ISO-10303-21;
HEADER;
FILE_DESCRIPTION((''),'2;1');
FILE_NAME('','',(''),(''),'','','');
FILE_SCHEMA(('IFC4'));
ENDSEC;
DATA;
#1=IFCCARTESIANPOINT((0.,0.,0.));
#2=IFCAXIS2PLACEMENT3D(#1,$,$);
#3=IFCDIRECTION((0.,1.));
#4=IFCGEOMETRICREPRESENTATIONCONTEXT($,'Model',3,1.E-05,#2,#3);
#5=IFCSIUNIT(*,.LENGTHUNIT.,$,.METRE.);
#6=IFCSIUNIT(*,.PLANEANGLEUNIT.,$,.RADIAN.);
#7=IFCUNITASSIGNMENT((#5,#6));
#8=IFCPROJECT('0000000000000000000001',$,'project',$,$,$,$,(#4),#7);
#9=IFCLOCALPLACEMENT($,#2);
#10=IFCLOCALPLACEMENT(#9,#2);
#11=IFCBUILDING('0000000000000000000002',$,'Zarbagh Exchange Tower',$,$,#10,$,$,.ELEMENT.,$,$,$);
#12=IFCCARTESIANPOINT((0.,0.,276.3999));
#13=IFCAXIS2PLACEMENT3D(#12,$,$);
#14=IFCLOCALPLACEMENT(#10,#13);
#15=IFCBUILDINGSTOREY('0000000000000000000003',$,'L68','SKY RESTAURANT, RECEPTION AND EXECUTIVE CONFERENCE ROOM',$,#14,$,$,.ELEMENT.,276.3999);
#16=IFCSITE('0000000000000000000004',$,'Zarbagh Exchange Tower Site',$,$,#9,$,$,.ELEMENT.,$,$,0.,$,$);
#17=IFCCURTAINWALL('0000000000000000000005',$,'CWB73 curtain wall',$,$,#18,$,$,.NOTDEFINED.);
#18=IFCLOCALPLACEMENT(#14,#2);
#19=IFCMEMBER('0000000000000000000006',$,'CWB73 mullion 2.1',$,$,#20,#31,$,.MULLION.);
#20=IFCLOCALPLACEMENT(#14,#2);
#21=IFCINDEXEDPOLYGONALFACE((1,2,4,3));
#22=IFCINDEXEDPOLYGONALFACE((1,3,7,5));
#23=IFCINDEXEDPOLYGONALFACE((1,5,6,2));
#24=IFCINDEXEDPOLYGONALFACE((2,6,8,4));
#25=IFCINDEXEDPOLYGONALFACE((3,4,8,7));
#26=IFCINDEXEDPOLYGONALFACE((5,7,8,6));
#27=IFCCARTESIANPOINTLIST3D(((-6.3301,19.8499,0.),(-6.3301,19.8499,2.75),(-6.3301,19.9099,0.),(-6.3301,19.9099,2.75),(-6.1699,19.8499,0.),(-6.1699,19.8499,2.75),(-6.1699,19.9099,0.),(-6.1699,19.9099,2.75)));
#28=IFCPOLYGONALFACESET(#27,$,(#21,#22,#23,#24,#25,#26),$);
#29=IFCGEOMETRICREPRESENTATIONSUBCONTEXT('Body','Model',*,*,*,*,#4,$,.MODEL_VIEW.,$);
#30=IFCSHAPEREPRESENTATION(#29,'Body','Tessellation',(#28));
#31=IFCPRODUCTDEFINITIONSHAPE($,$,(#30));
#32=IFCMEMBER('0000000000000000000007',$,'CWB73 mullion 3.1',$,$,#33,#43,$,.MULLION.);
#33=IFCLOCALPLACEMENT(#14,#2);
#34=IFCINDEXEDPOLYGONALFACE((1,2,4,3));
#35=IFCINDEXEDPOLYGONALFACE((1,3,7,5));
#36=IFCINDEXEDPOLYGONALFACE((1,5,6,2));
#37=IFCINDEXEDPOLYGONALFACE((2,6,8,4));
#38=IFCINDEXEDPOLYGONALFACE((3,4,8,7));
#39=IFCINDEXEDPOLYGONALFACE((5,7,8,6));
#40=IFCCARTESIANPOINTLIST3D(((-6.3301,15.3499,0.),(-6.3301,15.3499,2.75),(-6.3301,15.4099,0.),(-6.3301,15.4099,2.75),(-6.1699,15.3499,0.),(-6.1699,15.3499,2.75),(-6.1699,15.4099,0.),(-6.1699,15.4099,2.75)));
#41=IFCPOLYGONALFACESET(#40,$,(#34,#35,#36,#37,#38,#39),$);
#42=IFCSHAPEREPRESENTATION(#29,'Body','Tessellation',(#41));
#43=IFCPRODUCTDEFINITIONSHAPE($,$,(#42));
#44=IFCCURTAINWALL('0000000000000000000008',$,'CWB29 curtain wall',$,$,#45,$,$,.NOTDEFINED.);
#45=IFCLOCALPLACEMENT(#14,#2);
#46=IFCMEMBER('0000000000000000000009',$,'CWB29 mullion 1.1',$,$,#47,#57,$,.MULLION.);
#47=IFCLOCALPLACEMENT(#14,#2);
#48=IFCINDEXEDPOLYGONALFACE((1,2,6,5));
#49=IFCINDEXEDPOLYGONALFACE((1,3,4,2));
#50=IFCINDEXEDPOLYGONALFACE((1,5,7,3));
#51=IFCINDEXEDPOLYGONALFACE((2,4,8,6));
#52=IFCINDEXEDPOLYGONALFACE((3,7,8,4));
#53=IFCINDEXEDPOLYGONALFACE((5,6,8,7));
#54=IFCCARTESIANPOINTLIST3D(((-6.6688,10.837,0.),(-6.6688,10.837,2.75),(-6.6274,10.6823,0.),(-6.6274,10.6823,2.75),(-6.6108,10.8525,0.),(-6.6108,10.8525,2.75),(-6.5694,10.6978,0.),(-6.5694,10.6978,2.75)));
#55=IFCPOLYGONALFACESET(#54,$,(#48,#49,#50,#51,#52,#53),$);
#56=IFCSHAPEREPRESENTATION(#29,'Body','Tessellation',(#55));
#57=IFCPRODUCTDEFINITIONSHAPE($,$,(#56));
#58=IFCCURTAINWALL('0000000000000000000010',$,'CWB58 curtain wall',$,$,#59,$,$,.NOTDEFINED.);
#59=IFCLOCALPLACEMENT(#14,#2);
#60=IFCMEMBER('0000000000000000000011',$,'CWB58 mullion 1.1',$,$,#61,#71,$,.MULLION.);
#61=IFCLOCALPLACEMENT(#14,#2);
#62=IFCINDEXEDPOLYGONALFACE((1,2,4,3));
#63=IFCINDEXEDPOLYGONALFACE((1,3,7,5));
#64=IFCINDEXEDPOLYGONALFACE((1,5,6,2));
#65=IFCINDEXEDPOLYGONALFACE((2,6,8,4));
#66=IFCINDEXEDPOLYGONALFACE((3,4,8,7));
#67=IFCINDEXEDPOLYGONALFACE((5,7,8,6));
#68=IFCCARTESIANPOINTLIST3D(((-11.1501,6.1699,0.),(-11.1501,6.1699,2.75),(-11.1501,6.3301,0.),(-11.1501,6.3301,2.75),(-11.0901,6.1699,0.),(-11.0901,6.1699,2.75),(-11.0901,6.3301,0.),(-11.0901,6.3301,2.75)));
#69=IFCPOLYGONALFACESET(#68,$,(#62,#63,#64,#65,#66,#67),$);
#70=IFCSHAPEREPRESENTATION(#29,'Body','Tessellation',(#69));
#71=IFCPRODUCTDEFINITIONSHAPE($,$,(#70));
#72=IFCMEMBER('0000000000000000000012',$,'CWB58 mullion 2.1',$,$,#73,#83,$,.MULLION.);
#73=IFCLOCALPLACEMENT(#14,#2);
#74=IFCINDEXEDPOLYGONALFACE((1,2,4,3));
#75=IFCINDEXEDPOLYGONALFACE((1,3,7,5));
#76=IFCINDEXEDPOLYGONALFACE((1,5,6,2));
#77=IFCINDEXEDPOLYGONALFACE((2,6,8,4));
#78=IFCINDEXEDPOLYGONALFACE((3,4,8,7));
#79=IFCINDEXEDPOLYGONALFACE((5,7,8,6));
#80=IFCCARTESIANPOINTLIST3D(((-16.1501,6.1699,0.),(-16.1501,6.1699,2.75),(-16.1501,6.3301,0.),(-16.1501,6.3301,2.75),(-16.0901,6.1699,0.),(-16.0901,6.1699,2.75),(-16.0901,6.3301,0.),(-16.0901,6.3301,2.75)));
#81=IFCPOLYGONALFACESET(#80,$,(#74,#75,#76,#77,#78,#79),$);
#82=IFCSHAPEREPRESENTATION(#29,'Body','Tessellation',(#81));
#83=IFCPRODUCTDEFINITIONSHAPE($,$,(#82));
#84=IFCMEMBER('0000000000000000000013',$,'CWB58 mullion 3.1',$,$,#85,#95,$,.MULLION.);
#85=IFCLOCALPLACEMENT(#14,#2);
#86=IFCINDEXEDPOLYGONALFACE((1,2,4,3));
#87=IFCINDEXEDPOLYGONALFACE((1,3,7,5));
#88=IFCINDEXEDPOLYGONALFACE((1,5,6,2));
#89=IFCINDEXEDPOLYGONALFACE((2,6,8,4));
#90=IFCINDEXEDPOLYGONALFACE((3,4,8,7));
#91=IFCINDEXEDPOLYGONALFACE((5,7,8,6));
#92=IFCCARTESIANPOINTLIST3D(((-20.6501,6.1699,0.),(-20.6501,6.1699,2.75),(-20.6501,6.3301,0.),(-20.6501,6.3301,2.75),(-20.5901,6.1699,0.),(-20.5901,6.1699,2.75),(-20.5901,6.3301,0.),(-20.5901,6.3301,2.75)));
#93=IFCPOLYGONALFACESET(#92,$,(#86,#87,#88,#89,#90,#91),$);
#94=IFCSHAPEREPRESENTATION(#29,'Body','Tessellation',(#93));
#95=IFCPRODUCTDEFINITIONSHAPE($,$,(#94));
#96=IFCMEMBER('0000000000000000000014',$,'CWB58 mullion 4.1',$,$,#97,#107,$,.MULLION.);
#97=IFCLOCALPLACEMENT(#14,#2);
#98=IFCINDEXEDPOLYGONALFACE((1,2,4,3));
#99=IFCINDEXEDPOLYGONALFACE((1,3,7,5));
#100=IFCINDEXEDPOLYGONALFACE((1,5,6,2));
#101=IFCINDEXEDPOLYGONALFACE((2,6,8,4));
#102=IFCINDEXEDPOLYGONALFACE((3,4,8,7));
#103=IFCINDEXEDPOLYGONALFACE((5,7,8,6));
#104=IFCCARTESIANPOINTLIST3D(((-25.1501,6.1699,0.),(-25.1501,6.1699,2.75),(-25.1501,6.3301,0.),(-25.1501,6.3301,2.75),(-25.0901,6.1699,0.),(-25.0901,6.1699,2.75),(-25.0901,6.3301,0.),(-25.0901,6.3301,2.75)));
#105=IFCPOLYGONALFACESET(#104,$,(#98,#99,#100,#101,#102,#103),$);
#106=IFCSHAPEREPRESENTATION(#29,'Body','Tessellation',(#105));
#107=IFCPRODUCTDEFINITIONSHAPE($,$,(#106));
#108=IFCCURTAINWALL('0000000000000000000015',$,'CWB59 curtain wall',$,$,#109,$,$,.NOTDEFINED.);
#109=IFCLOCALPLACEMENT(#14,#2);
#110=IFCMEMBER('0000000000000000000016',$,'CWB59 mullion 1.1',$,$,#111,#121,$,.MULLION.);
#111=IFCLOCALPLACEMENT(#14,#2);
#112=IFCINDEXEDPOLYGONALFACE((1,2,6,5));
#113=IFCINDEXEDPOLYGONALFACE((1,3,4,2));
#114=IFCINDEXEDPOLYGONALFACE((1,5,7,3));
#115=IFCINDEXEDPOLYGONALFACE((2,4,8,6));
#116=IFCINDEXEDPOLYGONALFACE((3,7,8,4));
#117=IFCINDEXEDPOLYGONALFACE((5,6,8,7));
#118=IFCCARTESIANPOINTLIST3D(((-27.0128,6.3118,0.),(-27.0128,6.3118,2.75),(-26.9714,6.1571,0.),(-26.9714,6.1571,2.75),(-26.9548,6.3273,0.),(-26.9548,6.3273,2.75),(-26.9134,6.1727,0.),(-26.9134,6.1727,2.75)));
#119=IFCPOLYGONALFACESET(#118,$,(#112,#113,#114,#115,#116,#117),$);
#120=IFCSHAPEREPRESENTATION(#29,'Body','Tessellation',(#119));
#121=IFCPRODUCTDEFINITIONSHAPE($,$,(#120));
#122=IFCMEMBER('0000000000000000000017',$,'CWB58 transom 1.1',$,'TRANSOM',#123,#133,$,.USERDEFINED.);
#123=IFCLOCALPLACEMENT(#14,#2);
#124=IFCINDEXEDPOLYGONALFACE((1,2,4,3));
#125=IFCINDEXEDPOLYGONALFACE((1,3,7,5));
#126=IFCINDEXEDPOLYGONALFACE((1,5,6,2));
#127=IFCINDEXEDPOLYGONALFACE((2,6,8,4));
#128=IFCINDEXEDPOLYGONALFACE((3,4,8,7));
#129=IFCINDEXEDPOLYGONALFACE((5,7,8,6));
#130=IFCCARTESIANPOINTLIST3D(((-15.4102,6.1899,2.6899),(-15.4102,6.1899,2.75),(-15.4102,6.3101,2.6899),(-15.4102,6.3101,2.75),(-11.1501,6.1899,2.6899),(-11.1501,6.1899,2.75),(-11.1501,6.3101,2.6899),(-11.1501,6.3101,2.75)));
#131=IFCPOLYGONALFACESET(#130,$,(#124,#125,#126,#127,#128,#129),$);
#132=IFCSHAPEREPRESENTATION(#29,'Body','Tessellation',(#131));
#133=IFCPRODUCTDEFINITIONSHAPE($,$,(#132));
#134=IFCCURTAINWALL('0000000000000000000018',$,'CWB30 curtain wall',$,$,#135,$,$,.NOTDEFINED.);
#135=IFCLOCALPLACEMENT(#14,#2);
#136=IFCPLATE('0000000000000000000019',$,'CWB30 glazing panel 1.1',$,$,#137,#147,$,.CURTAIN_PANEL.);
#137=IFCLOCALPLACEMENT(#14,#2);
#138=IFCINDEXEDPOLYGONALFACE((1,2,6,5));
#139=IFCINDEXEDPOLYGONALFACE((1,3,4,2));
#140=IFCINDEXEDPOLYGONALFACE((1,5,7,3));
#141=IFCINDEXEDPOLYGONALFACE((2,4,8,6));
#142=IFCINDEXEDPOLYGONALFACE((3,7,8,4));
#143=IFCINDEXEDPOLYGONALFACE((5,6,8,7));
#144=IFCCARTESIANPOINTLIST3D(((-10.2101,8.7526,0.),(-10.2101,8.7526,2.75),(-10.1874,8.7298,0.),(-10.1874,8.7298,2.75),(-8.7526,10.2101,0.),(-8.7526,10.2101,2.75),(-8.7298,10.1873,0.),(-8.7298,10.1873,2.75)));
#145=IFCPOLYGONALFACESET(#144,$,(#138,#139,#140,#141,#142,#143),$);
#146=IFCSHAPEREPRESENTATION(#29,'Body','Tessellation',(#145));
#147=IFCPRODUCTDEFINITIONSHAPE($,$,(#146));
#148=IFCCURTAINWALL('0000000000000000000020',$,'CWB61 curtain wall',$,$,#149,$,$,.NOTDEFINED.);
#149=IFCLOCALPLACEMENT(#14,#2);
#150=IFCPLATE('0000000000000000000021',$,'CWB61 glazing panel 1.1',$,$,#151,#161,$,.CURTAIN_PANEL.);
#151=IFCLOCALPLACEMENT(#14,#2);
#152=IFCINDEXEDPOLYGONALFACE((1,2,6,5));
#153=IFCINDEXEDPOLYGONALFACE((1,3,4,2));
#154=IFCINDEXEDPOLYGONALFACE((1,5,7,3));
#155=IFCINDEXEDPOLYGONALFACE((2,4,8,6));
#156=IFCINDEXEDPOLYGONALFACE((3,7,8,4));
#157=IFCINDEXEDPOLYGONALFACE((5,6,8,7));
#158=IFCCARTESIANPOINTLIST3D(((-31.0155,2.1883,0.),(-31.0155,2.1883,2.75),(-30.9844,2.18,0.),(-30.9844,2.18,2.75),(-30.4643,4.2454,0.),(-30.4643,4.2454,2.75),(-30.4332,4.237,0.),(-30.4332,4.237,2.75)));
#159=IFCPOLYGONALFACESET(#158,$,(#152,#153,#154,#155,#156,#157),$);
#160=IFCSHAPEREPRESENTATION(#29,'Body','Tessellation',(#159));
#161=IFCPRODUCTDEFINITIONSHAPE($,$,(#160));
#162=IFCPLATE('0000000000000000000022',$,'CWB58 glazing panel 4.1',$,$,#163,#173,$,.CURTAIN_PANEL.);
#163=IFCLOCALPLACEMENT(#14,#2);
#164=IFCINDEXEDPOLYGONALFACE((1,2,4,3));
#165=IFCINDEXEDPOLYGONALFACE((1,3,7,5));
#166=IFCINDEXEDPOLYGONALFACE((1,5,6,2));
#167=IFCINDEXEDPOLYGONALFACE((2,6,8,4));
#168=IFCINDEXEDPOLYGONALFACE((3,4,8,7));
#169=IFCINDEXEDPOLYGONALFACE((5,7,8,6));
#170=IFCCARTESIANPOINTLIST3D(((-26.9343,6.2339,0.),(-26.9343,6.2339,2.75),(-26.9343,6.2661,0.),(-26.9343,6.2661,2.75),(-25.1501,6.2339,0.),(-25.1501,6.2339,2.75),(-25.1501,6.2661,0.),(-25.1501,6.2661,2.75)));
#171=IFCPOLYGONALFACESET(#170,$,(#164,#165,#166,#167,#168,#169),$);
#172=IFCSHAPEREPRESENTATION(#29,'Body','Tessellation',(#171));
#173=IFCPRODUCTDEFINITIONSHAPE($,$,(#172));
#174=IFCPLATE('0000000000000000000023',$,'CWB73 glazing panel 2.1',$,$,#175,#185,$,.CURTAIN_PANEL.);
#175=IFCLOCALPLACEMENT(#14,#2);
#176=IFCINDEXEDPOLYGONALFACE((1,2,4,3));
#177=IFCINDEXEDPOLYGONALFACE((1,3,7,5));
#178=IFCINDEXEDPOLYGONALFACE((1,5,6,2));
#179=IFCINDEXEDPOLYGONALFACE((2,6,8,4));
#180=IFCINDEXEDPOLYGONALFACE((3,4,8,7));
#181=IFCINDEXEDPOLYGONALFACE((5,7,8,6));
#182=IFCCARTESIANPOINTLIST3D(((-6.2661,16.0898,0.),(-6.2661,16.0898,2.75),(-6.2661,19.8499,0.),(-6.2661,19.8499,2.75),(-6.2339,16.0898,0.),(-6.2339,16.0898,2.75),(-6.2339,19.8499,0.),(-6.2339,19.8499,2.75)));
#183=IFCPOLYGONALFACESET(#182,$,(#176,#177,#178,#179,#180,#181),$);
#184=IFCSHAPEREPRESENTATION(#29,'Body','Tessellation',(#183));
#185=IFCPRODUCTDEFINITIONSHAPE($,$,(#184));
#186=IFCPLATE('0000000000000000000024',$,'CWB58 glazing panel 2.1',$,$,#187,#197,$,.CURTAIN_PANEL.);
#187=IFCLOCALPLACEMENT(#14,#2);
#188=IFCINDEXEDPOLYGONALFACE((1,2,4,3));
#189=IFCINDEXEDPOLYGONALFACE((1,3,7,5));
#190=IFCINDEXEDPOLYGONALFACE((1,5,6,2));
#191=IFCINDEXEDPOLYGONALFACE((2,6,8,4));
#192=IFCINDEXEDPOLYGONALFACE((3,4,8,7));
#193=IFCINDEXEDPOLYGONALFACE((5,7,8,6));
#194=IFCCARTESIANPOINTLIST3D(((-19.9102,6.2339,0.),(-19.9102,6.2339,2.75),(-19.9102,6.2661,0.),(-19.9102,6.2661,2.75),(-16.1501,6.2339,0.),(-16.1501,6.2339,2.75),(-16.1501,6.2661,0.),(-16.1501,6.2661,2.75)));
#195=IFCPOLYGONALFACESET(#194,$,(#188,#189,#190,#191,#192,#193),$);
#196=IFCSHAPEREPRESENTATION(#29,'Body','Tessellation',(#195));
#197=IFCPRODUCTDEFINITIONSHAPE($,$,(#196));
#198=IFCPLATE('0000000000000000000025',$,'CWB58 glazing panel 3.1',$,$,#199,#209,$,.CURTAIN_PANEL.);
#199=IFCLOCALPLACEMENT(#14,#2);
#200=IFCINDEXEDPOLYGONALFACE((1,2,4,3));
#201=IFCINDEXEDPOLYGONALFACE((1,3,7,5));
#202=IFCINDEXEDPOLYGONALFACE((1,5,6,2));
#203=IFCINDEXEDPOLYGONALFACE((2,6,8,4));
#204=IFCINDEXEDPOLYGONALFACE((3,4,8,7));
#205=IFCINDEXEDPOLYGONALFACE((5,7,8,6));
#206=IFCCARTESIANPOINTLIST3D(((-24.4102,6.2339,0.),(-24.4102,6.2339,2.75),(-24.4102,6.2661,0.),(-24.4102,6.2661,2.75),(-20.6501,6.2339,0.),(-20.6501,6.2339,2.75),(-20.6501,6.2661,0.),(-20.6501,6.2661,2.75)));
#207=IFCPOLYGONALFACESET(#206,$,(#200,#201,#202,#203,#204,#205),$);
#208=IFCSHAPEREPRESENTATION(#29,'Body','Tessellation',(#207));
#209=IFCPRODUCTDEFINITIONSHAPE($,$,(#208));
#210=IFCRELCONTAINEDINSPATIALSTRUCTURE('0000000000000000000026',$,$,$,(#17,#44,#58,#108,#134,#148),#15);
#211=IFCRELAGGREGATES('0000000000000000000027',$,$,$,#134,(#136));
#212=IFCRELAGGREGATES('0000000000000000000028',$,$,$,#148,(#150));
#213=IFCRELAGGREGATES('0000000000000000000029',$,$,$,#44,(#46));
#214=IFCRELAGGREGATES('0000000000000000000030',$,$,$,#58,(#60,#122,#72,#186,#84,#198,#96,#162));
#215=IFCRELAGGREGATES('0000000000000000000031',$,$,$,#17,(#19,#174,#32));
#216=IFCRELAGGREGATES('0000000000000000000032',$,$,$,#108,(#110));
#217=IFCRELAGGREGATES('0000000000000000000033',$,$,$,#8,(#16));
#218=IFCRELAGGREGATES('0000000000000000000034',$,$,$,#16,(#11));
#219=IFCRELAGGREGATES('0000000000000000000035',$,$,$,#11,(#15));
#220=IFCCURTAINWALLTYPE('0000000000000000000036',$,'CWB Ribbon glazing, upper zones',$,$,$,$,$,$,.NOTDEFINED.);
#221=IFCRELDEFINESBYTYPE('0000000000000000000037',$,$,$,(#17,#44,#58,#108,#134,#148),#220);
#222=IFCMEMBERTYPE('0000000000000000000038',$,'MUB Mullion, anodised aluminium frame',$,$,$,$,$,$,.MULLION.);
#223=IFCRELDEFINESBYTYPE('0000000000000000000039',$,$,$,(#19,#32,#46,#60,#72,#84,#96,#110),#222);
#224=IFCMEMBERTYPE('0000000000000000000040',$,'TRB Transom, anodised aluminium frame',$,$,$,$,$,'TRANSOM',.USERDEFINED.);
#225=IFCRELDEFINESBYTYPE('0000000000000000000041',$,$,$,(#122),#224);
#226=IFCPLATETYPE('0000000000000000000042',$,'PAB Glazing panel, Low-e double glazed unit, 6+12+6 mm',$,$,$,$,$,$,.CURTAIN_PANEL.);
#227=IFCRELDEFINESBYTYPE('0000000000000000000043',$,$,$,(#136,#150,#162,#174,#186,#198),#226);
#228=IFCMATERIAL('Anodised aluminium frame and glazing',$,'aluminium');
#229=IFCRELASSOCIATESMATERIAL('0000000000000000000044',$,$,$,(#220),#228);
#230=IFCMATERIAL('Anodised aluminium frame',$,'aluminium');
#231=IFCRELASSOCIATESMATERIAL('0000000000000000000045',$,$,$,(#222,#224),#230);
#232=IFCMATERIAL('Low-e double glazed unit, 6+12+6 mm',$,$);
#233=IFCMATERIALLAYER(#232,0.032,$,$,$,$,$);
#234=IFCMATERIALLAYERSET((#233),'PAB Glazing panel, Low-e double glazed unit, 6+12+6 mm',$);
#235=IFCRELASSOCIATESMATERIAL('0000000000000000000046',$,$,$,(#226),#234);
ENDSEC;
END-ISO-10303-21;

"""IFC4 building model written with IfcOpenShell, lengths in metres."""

from ifc_helpers import new_model, si_unit, direction, frame, origin, place, context, subcontext, project, spatial, polyline, outline, extrude, source, transform, mapped, material, layer, layer_set, type_object, element, aggregate, save


model = new_model("IFC4")

# Units and contexts
model_context = context("Model", 3, precision=1e-05, world=origin(), true_north=direction((0.0, 1.0)))
body_context = subcontext(model_context, "Body", "Model", "MODEL_VIEW")
ifc_project = project(units=[si_unit("LENGTHUNIT", "METRE"), si_unit("PLANEANGLEUNIT", "RADIAN")], contexts=[model_context])

# Site, building, storey
site_placement = place(None, origin())
site = spatial("IfcSite", under=ifc_project, at=site_placement, Name="Zarbagh Exchange Tower Site", CompositionType="ELEMENT", RefElevation=0.0)
building_placement = place(site_placement, origin())
building = spatial("IfcBuilding", under=site, at=building_placement, Name="Zarbagh Exchange Tower", CompositionType="ELEMENT")
storey_placement = place(building_placement, frame((0.0, 0.0, 276.3999)))
storey = spatial("IfcBuildingStorey", under=building, at=storey_placement, Name="L68", Description="SKY RESTAURANT, RECEPTION AND EXECUTIVE CONFERENCE ROOM", CompositionType="ELEMENT", Elevation=276.3999)

# Curtain wall, members
ifc_material_1 = material(Name="Anodised aluminium frame and glazing", Category="aluminium")
curtain_wall_type = type_object("IfcCurtainWallType", Name="CWB Ribbon glazing, upper zones", PredefinedType="NOTDEFINED", material=ifc_material_1)
curtain_wall_1_placement = place(storey_placement, origin())
curtain_wall_1 = element("IfcCurtainWall", 1, at=curtain_wall_1_placement, inside=storey, type_object=curtain_wall_type, Name="CWB73 curtain wall", PredefinedType="NOTDEFINED")
ifc_material_2 = material(Name="Anodised aluminium frame", Category="aluminium")
member_type_1 = type_object("IfcMemberType", Name="MUB Mullion, anodised aluminium frame", PredefinedType="MULLION", material=ifc_material_2)
shared_shape_1 = source(origin(), body_context, "Body", "SweptSolid", [
    extrude(outline(polyline([(0.0, -0.0801), (0.0601, -0.0801), (0.0601, 0.0801), (0.0, 0.0801), (0.0, -0.0801)])), origin(), (0.0, 0.0, 1.0), 2.75),
])
placement = place(storey_placement, origin())
member_1 = element("IfcMember", 2, at=placement, type_object=member_type_1, Name="CWB73 mullion 2.1", PredefinedType="MULLION", context=body_context, shape_type="MappedRepresentation", body=[
    mapped(shared_shape_1, transform((-6.25, 19.9099, 0.0), x_axis=(0.0, -1.0, 0.0), y_axis=(1.0, 0.0, 0.0), z_axis=(0.0, 0.0, 1.0))),
])
member_2 = element("IfcMember", 3, at=placement, type_object=member_type_1, Name="CWB73 mullion 3.1", PredefinedType="MULLION", context=body_context, shape_type="MappedRepresentation", body=[
    mapped(shared_shape_1, transform((-6.25, 15.4099, 0.0), x_axis=(0.0, -1.0, 0.0), y_axis=(1.0, 0.0, 0.0), z_axis=(0.0, 0.0, 1.0))),
])

# Curtain wall, member
curtain_wall_2_placement = place(storey_placement, origin())
curtain_wall_2 = element("IfcCurtainWall", 4, at=curtain_wall_2_placement, inside=storey, type_object=curtain_wall_type, Name="CWB29 curtain wall", PredefinedType="NOTDEFINED")
member_3 = element("IfcMember", 5, at=placement, type_object=member_type_1, Name="CWB29 mullion 1.1", PredefinedType="MULLION", context=body_context, shape_type="MappedRepresentation", body=[
    mapped(shared_shape_1, transform((-6.5901, 10.7751, 0.0), x_axis=(-0.965924, -0.258825, 0.0), y_axis=(0.258825, -0.965924, 0.0), z_axis=(0.0, 0.0, 1.0))),
])

# Curtain wall, members
curtain_wall_3_placement = place(storey_placement, origin())
curtain_wall_3 = element("IfcCurtainWall", 6, at=curtain_wall_3_placement, inside=storey, type_object=curtain_wall_type, Name="CWB58 curtain wall", PredefinedType="NOTDEFINED")
member_4 = element("IfcMember", 7, at=placement, type_object=member_type_1, Name="CWB58 mullion 1.1", PredefinedType="MULLION", context=body_context, shape_type="MappedRepresentation", body=[
    mapped(shared_shape_1, transform((-11.0901, 6.25, 0.0), x_axis=(-1.0, 0.0, 0.0), y_axis=(0.0, -1.0, 0.0), z_axis=(0.0, 0.0, 1.0))),
])
member_5 = element("IfcMember", 8, at=placement, type_object=member_type_1, Name="CWB58 mullion 2.1", PredefinedType="MULLION", context=body_context, shape_type="MappedRepresentation", body=[
    mapped(shared_shape_1, transform((-16.0901, 6.25, 0.0), x_axis=(-1.0, 0.0, 0.0), y_axis=(0.0, -1.0, 0.0), z_axis=(0.0, 0.0, 1.0))),
])
member_6 = element("IfcMember", 9, at=placement, type_object=member_type_1, Name="CWB58 mullion 3.1", PredefinedType="MULLION", context=body_context, shape_type="MappedRepresentation", body=[
    mapped(shared_shape_1, transform((-20.5901, 6.25, 0.0), x_axis=(-1.0, 0.0, 0.0), y_axis=(0.0, -1.0, 0.0), z_axis=(0.0, 0.0, 1.0))),
])
member_7 = element("IfcMember", 10, at=placement, type_object=member_type_1, Name="CWB58 mullion 4.1", PredefinedType="MULLION", context=body_context, shape_type="MappedRepresentation", body=[
    mapped(shared_shape_1, transform((-25.0901, 6.25, 0.0), x_axis=(-1.0, 0.0, 0.0), y_axis=(0.0, -1.0, 0.0), z_axis=(0.0, 0.0, 1.0))),
])

# Curtain wall, member
curtain_wall_4_placement = place(storey_placement, origin())
curtain_wall_4 = element("IfcCurtainWall", 11, at=curtain_wall_4_placement, inside=storey, type_object=curtain_wall_type, Name="CWB59 curtain wall", PredefinedType="NOTDEFINED")
member_8 = element("IfcMember", 12, at=placement, type_object=member_type_1, Name="CWB59 mullion 1.1", PredefinedType="MULLION", context=body_context, shape_type="MappedRepresentation", body=[
    mapped(shared_shape_1, transform((-26.9341, 6.25, 0.0), x_axis=(-0.965924, -0.258825, 0.0), y_axis=(0.258825, -0.965924, 0.0), z_axis=(0.0, 0.0, 1.0))),
])

# Member
member_type_2 = type_object("IfcMemberType", Name="TRB Transom, anodised aluminium frame", ElementType="TRANSOM", PredefinedType="USERDEFINED", material=ifc_material_2)
shared_shape_2 = source(origin(), body_context, "Body", "SweptSolid", [
    extrude(outline(polyline([(-0.0601, -0.0601), (0.0, -0.0601), (0.0, 0.0601), (-0.0601, 0.0601), (-0.0601, -0.0601)])), origin(), (0.0, 0.0, 1.0), 4.26),
])
member_9 = element("IfcMember", 13, at=placement, type_object=member_type_2, Name="CWB58 transom 1.1", ObjectType="TRANSOM", PredefinedType="USERDEFINED", context=body_context, shape_type="MappedRepresentation", body=[
    mapped(shared_shape_2, transform((-11.1501, 6.25, 2.75), x_axis=(0.0, 0.0, 1.0), y_axis=(0.0, 1.0, 0.0), z_axis=(-1.0, 0.0, 0.0))),
])

# Curtain walls, plates
curtain_wall_5_placement = place(storey_placement, origin())
curtain_wall_5 = element("IfcCurtainWall", 14, at=curtain_wall_5_placement, inside=storey, type_object=curtain_wall_type, Name="CWB30 curtain wall", PredefinedType="NOTDEFINED")
ifc_material_3 = material(Name="Low-e double glazed unit, 6+12+6 mm")
ifc_layer = layer(ifc_material_3, 0.032)
ifc_layer_set = layer_set([ifc_layer], Name="PAB Glazing panel, Low-e double glazed unit, 6+12+6 mm")
plate_type = type_object("IfcPlateType", Name="PAB Glazing panel, Low-e double glazed unit, 6+12+6 mm", PredefinedType="CURTAIN_PANEL", material=ifc_layer_set)
shared_shape_3 = source(origin(), body_context, "Body", "SweptSolid", [
    extrude(outline(polyline([(0.0, -0.0161), (2.0613, -0.0161), (2.0613, 0.0161), (0.0, 0.0161), (0.0, -0.0161)])), origin(), (0.0, 0.0, 1.0), 2.75),
])
plate_1 = element("IfcPlate", 15, at=placement, type_object=plate_type, Name="CWB30 glazing panel 1.1", PredefinedType="CURTAIN_PANEL", context=body_context, shape_type="MappedRepresentation", body=[
    mapped(shared_shape_3, transform((-8.7412, 10.1987, 0.0), x_axis=(-0.707107, -0.707107, 0.0), y_axis=(0.707107, -0.707107, 0.0), z_axis=(0.0, 0.0, 1.0))),
])
aggregate(curtain_wall_5, [plate_1])
curtain_wall_6_placement = place(storey_placement, origin())
curtain_wall_6 = element("IfcCurtainWall", 16, at=curtain_wall_6_placement, inside=storey, type_object=curtain_wall_type, Name="CWB61 curtain wall", PredefinedType="NOTDEFINED")
shared_shape_4 = source(origin(), body_context, "Body", "SweptSolid", [
    extrude(outline(polyline([(0.0, -0.0161), (2.1296, -0.0161), (2.1296, 0.0161), (0.0, 0.0161), (0.0, -0.0161)])), origin(), (0.0, 0.0, 1.0), 2.75),
])
plate_2 = element("IfcPlate", 17, at=placement, type_object=plate_type, Name="CWB61 glazing panel 1.1", PredefinedType="CURTAIN_PANEL", context=body_context, shape_type="MappedRepresentation", body=[
    mapped(shared_shape_4, transform((-30.4487, 4.2412, 0.0), x_axis=(-0.258825, -0.965924, 0.0), y_axis=(0.965924, -0.258825, 0.0), z_axis=(0.0, 0.0, 1.0))),
])
aggregate(curtain_wall_6, [plate_2])

# Plates
shared_shape_5 = source(origin(), body_context, "Body", "SweptSolid", [
    extrude(outline(polyline([(0.0, -0.0161), (1.7842, -0.0161), (1.7842, 0.0161), (0.0, 0.0161), (0.0, -0.0161)])), origin(), (0.0, 0.0, 1.0), 2.75),
])
plate_3 = element("IfcPlate", 18, at=placement, type_object=plate_type, Name="CWB58 glazing panel 4.1", PredefinedType="CURTAIN_PANEL", context=body_context, shape_type="MappedRepresentation", body=[
    mapped(shared_shape_5, transform((-25.1501, 6.25, 0.0), x_axis=(-1.0, 0.0, 0.0), y_axis=(0.0, -1.0, 0.0), z_axis=(0.0, 0.0, 1.0))),
])
shared_shape_6 = source(origin(), body_context, "Body", "SweptSolid", [
    extrude(outline(polyline([(0.0, -0.0161), (3.76, -0.0161), (3.76, 0.0161), (0.0, 0.0161), (0.0, -0.0161)])), origin(), (0.0, 0.0, 1.0), 2.75),
])
plate_4 = element("IfcPlate", 19, at=placement, type_object=plate_type, Name="CWB73 glazing panel 2.1", PredefinedType="CURTAIN_PANEL", context=body_context, shape_type="MappedRepresentation", body=[
    mapped(shared_shape_6, transform((-6.25, 19.8499, 0.0), x_axis=(0.0, -1.0, 0.0), y_axis=(1.0, 0.0, 0.0), z_axis=(0.0, 0.0, 1.0))),
])
plate_5 = element("IfcPlate", 20, at=placement, type_object=plate_type, Name="CWB58 glazing panel 2.1", PredefinedType="CURTAIN_PANEL", context=body_context, shape_type="MappedRepresentation", body=[
    mapped(shared_shape_6, transform((-16.1501, 6.25, 0.0), x_axis=(-1.0, 0.0, 0.0), y_axis=(0.0, -1.0, 0.0), z_axis=(0.0, 0.0, 1.0))),
])
plate_6 = element("IfcPlate", 21, at=placement, type_object=plate_type, Name="CWB58 glazing panel 3.1", PredefinedType="CURTAIN_PANEL", context=body_context, shape_type="MappedRepresentation", body=[
    mapped(shared_shape_6, transform((-20.6501, 6.25, 0.0), x_axis=(-1.0, 0.0, 0.0), y_axis=(0.0, -1.0, 0.0), z_axis=(0.0, 0.0, 1.0))),
])
aggregate(curtain_wall_2, [member_3])

aggregate(curtain_wall_3, [member_4, member_9, member_5, plate_5, member_6, plate_6, member_7, plate_3])
aggregate(curtain_wall_1, [member_1, plate_4, member_2])
aggregate(curtain_wall_4, [member_8])

save(model, "model.ifc")
